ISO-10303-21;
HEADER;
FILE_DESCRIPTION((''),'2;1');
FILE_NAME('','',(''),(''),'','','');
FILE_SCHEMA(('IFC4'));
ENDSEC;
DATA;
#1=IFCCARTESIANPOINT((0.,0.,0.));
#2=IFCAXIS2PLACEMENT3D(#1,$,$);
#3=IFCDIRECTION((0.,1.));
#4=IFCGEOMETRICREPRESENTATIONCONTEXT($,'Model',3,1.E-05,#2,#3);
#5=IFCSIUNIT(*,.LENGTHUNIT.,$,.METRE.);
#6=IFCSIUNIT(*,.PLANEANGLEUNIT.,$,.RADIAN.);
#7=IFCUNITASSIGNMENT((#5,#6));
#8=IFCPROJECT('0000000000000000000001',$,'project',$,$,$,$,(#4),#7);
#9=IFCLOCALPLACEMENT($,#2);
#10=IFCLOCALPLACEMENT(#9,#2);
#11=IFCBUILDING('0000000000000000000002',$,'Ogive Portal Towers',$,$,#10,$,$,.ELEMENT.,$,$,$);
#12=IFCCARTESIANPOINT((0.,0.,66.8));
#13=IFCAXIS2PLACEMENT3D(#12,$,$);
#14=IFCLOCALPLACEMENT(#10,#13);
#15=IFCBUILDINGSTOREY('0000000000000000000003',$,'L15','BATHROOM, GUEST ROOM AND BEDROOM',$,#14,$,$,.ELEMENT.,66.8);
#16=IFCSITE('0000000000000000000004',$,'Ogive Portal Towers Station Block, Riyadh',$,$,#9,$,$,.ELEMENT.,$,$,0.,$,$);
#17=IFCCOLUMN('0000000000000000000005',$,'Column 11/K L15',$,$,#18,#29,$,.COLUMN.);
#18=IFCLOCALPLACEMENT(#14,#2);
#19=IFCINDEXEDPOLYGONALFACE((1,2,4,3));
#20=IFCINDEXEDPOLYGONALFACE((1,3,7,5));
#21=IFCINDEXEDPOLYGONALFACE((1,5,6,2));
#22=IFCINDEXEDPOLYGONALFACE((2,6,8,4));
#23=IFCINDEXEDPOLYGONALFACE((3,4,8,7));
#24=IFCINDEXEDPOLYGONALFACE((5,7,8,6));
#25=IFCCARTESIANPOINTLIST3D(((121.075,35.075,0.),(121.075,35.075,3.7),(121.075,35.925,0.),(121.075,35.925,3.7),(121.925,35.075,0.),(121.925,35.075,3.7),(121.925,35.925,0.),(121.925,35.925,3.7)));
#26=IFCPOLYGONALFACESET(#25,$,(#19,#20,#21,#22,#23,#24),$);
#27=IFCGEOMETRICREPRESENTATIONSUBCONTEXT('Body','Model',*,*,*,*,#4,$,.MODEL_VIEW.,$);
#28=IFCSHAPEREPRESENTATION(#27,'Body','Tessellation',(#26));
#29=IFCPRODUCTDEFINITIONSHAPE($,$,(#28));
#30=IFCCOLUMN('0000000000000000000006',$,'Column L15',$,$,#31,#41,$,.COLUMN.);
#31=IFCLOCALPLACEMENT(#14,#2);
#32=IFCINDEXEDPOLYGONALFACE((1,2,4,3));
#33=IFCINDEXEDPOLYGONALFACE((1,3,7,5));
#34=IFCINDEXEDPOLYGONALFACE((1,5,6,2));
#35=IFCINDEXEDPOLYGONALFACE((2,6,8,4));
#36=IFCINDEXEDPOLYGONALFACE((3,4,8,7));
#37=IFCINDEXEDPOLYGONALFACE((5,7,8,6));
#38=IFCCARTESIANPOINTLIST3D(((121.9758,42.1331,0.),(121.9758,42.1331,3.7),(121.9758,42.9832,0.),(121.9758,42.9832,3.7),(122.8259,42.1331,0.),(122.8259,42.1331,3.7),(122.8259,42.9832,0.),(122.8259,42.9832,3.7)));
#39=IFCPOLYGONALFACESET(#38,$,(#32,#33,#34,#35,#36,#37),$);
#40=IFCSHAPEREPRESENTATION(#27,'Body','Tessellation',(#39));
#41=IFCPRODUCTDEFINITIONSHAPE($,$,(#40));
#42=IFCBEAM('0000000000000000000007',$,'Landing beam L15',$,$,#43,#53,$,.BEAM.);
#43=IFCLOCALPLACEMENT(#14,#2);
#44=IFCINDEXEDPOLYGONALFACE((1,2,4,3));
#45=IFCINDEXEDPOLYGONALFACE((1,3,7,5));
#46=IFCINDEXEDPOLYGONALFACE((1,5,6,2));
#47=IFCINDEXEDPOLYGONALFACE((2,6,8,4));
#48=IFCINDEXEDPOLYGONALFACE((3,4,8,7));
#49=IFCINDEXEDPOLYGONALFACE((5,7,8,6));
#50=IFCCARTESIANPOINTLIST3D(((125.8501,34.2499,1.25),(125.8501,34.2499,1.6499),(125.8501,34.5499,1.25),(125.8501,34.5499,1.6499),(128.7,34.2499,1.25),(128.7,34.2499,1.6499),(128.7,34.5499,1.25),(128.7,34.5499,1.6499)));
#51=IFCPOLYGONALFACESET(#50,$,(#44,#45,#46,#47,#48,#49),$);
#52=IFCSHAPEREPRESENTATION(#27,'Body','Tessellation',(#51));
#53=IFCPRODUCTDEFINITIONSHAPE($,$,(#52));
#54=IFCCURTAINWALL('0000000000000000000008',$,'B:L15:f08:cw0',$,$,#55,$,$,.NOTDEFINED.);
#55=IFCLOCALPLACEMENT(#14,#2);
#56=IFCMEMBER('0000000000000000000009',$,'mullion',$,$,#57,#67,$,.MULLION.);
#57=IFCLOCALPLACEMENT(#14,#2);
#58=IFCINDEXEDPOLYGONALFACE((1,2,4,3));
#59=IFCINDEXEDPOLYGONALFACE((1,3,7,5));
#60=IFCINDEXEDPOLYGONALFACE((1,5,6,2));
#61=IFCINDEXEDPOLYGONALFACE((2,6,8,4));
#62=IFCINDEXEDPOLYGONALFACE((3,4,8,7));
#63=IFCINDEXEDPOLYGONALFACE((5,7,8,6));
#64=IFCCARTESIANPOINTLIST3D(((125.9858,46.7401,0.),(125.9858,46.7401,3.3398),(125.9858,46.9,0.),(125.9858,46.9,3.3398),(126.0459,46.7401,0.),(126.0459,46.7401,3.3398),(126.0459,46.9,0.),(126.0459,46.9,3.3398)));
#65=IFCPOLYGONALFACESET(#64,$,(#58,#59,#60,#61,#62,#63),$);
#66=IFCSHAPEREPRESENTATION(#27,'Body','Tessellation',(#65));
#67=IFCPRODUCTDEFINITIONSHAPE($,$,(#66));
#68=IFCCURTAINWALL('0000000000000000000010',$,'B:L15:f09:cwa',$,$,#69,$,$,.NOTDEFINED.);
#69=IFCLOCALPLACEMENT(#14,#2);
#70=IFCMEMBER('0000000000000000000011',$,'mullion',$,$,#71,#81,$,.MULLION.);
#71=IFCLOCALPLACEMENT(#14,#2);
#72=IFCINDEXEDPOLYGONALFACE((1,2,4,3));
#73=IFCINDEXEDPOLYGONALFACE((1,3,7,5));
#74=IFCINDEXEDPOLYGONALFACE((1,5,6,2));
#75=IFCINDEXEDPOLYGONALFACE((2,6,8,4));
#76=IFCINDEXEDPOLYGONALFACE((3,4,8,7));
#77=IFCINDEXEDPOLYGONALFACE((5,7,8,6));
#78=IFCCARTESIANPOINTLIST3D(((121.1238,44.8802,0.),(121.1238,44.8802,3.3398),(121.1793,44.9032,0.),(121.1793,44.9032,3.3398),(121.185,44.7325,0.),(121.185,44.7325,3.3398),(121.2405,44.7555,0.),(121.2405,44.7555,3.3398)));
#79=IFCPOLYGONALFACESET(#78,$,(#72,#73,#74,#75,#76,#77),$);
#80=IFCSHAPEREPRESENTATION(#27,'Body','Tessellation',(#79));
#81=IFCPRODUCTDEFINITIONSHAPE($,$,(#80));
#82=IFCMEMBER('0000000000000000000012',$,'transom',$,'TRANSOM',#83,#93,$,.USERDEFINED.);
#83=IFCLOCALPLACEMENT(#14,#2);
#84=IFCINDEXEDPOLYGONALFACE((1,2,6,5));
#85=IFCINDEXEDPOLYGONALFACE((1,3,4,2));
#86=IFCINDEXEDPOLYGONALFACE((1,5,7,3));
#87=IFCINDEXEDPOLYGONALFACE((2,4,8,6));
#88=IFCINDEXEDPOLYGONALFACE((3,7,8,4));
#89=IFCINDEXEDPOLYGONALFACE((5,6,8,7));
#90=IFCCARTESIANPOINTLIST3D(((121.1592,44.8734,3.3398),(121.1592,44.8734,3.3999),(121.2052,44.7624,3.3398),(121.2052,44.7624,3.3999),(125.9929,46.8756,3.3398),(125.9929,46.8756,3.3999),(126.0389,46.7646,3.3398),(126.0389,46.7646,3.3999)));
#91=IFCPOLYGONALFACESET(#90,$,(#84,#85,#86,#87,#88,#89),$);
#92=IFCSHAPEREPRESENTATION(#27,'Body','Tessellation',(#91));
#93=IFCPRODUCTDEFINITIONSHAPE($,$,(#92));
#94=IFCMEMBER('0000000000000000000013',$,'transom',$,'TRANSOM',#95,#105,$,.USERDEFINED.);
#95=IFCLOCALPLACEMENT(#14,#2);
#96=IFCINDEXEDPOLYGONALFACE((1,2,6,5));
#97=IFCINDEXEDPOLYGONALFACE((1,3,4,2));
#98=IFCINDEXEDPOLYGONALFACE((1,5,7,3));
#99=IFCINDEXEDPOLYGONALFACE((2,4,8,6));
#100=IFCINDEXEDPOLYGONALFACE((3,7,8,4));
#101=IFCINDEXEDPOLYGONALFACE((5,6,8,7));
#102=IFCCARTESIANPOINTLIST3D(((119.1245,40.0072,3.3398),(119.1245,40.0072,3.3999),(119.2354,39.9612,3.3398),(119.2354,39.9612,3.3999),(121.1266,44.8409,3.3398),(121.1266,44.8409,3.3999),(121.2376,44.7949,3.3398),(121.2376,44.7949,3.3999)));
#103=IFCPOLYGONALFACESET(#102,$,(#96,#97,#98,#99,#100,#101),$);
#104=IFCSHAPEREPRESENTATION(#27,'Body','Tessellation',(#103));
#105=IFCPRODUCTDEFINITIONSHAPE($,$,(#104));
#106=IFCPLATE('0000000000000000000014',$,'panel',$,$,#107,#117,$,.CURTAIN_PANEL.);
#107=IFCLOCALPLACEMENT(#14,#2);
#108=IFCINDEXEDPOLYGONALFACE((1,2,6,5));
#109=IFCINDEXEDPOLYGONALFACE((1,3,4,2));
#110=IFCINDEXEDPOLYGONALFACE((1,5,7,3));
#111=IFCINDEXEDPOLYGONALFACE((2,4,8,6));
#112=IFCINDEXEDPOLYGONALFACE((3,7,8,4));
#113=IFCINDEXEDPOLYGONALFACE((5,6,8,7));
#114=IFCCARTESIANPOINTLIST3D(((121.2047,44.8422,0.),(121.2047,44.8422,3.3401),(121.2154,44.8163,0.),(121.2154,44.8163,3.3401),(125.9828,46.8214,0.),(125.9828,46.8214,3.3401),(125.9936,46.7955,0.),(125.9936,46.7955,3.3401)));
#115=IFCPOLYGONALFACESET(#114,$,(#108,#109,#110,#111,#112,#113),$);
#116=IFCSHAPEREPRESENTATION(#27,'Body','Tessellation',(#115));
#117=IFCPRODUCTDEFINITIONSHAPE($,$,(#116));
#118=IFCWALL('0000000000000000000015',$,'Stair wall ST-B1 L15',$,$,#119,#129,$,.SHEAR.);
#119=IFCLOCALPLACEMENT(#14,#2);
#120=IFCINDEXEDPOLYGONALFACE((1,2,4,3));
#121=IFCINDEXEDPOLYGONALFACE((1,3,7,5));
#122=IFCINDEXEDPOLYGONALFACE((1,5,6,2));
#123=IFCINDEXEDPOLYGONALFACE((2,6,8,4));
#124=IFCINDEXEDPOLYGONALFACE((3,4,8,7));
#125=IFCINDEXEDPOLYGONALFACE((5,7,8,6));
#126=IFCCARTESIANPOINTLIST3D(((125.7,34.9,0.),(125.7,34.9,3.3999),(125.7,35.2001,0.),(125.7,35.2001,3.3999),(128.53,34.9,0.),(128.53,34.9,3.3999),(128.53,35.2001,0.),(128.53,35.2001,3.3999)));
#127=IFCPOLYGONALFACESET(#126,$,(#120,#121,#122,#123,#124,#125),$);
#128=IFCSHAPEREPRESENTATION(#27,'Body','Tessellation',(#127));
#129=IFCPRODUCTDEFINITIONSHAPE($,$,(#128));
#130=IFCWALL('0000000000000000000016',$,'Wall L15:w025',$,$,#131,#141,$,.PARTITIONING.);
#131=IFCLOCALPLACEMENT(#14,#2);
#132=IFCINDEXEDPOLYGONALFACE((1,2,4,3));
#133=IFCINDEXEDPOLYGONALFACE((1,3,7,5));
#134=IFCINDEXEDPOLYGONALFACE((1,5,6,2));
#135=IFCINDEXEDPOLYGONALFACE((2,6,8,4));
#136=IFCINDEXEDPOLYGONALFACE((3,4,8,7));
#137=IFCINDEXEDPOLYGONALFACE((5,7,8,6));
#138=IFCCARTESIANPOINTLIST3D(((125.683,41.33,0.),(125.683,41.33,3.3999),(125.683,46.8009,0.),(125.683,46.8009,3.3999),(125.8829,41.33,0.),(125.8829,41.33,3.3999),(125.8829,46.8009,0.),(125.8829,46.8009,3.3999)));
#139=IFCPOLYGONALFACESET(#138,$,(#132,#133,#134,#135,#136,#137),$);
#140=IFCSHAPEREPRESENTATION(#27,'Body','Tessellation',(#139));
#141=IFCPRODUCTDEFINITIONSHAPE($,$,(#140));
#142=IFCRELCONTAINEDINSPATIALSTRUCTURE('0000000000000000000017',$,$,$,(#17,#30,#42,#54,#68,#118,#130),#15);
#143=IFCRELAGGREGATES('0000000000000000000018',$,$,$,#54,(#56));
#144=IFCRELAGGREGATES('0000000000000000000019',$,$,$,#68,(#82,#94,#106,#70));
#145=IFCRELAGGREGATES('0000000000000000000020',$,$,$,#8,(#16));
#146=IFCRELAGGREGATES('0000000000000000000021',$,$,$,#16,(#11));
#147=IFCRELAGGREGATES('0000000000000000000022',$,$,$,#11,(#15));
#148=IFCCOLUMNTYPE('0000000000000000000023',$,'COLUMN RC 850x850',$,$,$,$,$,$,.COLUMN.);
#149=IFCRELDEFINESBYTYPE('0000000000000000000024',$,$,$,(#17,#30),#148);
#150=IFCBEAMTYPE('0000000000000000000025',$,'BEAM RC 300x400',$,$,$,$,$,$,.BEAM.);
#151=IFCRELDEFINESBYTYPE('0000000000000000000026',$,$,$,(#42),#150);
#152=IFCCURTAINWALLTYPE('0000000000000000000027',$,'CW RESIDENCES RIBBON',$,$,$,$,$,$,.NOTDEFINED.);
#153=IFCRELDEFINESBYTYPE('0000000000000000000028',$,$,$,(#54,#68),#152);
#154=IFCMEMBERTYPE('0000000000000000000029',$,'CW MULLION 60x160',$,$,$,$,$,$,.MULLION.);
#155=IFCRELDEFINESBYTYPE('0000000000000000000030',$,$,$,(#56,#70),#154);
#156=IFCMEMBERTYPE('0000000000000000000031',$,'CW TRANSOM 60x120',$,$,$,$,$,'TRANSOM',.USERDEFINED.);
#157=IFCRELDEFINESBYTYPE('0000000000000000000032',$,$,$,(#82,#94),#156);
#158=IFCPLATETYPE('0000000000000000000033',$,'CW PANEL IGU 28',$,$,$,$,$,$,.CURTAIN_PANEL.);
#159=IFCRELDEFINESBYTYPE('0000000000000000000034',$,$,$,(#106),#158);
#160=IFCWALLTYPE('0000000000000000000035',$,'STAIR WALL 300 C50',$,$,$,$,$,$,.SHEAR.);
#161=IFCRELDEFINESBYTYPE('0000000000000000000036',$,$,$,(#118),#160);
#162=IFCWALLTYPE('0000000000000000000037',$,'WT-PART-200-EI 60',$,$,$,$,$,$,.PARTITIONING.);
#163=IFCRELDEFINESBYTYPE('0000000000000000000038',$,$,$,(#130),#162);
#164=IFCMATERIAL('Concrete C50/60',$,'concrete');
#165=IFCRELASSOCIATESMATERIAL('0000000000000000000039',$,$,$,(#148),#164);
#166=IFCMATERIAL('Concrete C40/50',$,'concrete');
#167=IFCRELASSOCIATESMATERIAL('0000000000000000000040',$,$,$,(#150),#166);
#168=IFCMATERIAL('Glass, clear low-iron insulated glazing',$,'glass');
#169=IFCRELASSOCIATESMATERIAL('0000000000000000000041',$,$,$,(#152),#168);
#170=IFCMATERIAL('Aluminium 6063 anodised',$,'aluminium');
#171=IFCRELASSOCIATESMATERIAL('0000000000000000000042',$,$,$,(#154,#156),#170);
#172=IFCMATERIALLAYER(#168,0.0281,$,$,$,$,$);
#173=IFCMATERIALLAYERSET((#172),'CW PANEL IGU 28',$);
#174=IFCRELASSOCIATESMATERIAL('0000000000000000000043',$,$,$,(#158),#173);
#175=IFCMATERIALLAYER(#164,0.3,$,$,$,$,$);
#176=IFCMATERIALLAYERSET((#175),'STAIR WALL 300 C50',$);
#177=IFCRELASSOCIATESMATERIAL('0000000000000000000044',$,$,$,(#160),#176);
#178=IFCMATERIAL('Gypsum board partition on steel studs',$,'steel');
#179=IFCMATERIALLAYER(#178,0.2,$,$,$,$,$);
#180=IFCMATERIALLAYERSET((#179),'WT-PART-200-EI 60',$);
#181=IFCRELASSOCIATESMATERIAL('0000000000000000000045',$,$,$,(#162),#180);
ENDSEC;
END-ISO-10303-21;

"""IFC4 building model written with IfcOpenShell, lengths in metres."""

from ifc_helpers import new_model, si_unit, direction, frame, frame_2d, origin, origin_2d, place, context, subcontext, project, spatial, rectangle, extrude, material, layer, layer_set, material_profile, profile_set, type_object, element, aggregate, save


model = new_model("IFC4")

# Units and contexts
model_context = context("Model", 3, precision=1e-05, world=origin(), true_north=direction((0.0, 1.0)))
body_context = subcontext(model_context, "Body", "Model", "MODEL_VIEW")
ifc_project = project(units=[si_unit("LENGTHUNIT", "METRE"), si_unit("PLANEANGLEUNIT", "RADIAN")], contexts=[model_context])

# Site, building, storey
site_placement = place(None, origin())
site = spatial("IfcSite", under=ifc_project, at=site_placement, Name="Ogive Portal Towers Station Block, Riyadh", CompositionType="ELEMENT", RefElevation=0.0)
building_placement = place(site_placement, origin())
building = spatial("IfcBuilding", under=site, at=building_placement, Name="Ogive Portal Towers", CompositionType="ELEMENT")
storey_placement = place(building_placement, frame((0.0, 0.0, 66.8)))
storey = spatial("IfcBuildingStorey", under=building, at=storey_placement, Name="L15", Description="BATHROOM, GUEST ROOM AND BEDROOM", CompositionType="ELEMENT", Elevation=66.8)

# Columns
ifc_material_1 = material(Name="Concrete C50/60", Category="concrete")
ifc_material_profile_1 = material_profile(ifc_material_1, rectangle(XDim=0.8501, YDim=0.8501, at=origin_2d()), Name="RC 850x850")
ifc_profile_set_1 = profile_set([ifc_material_profile_1], Name="Concrete C50/60")
column_type = type_object("IfcColumnType", Name="COLUMN RC 850x850", PredefinedType="COLUMN", material=ifc_profile_set_1)
for number, where, z_axis, x_axis, name in (
    (1, (121.5, 35.5, 0.0), (0.0, 0.0, 1.0), (1.0, 0.0, 0.0), "Column 11/K L15"),
    (2, (122.4009, 42.5581, 0.0), (0.0, 0.0, 1.0), (1.0, 0.0, 0.0), "Column L15"),
):
    element("IfcColumn", number, at=place(storey_placement, frame(where, z_axis=z_axis, x_axis=x_axis)), inside=storey, type_object=column_type, Name=name, PredefinedType="COLUMN", context=body_context, shape_type="SweptSolid", body=[
        extrude(rectangle(XDim=0.8501, YDim=0.8501, at=origin_2d()), origin(), (0.0, 0.0, 1.0), 3.7),
    ])

# Beam
ifc_material_2 = material(Name="Concrete C40/50", Category="concrete")
ifc_material_profile_2 = material_profile(ifc_material_2, rectangle(XDim=0.3, YDim=0.3999, at=origin_2d()), Name="RC 300x400")
ifc_profile_set_2 = profile_set([ifc_material_profile_2], Name="Concrete C40/50")
beam_type = type_object("IfcBeamType", Name="BEAM RC 300x400", PredefinedType="BEAM", material=ifc_profile_set_2)
beam_placement = place(storey_placement, frame((125.8501, 34.3999, 1.45), z_axis=(1.0, 0.0, 0.0), x_axis=(0.0, 1.0, 0.0)))
element("IfcBeam", 3, at=beam_placement, inside=storey, type_object=beam_type, Name="Landing beam L15", PredefinedType="BEAM", context=body_context, shape_type="SweptSolid", body=[
    extrude(rectangle(XDim=0.3, YDim=0.3999, at=origin_2d()), origin(), (0.0, 0.0, 1.0), 2.8499),
])

# Curtain wall, member
ifc_material_3 = material(Name="Glass, clear low-iron insulated glazing", Category="glass")
curtain_wall_type = type_object("IfcCurtainWallType", Name="CW RESIDENCES RIBBON", PredefinedType="NOTDEFINED", material=ifc_material_3)
curtain_wall_1_placement = place(storey_placement, origin())
curtain_wall_1 = element("IfcCurtainWall", 4, at=curtain_wall_1_placement, inside=storey, type_object=curtain_wall_type, Name="B:L15:f08:cw0", PredefinedType="NOTDEFINED")
ifc_material_4 = material(Name="Aluminium 6063 anodised", Category="aluminium")
ifc_material_profile_3 = material_profile(ifc_material_4, rectangle(XDim=0.1599, YDim=0.0601, at=origin_2d()), Name="AL 60x160")
ifc_profile_set_3 = profile_set([ifc_material_profile_3], Name="Aluminium 6063 anodised")
member_type_1 = type_object("IfcMemberType", Name="CW MULLION 60x160", PredefinedType="MULLION", material=ifc_profile_set_3)
member_1_placement = place(storey_placement, frame((126.0159, 46.8201, 0.0), z_axis=(0.0, 0.0, 1.0), x_axis=(0.0, -1.0, 0.0)))
member_1 = element("IfcMember", 5, at=member_1_placement, type_object=member_type_1, Name="mullion", PredefinedType="MULLION", context=body_context, shape_type="SweptSolid", body=[
    extrude(rectangle(XDim=0.1599, YDim=0.0601, at=origin_2d()), origin(), (0.0, 0.0, 1.0), 3.3398),
])
aggregate(curtain_wall_1, [member_1])

# Curtain wall, members, plate
curtain_wall_2_placement = place(storey_placement, origin())
curtain_wall_2 = element("IfcCurtainWall", 6, at=curtain_wall_2_placement, inside=storey, type_object=curtain_wall_type, Name="B:L15:f09:cwa", PredefinedType="NOTDEFINED")
member_2_placement = place(storey_placement, frame((121.1821, 44.8179, 0.0), z_axis=(0.0, 0.0, 1.0), x_axis=(0.382683, -0.92388, 0.0)))
member_2 = element("IfcMember", 7, at=member_2_placement, type_object=member_type_1, Name="mullion", PredefinedType="MULLION", context=body_context, shape_type="SweptSolid", body=[
    extrude(rectangle(XDim=0.1599, YDim=0.0601, at=origin_2d()), origin(), (0.0, 0.0, 1.0), 3.3398),
])
ifc_material_profile_4 = material_profile(ifc_material_4, rectangle(XDim=0.1201, YDim=0.0601, at=origin_2d()), Name="AL 120x60")
ifc_profile_set_4 = profile_set([ifc_material_profile_4], Name="Aluminium 6063 anodised")
member_type_2 = type_object("IfcMemberType", Name="CW TRANSOM 60x120", ElementType="TRANSOM", PredefinedType="USERDEFINED", material=ifc_profile_set_4)
member_3_placement = place(storey_placement, frame((126.0159, 46.8201, 3.3699), z_axis=(-0.92388, -0.382683, 0.0), x_axis=(0.382683, -0.92388, 0.0)))
member_3 = element("IfcMember", 8, at=member_3_placement, type_object=member_type_2, Name="transom", ObjectType="TRANSOM", PredefinedType="USERDEFINED", context=body_context, shape_type="SweptSolid", body=[
    extrude(rectangle(XDim=0.1201, YDim=0.0601, at=origin_2d()), origin(), (0.0, 0.0, 1.0), 5.2319),
])
member_4_placement = place(storey_placement, frame((121.1821, 44.8179, 3.3699), z_axis=(-0.382683, -0.92388, 0.0), x_axis=(0.92388, -0.382683, 0.0)))
member_4 = element("IfcMember", 9, at=member_4_placement, type_object=member_type_2, Name="transom", ObjectType="TRANSOM", PredefinedType="USERDEFINED", context=body_context, shape_type="SweptSolid", body=[
    extrude(rectangle(XDim=0.1201, YDim=0.0601, at=origin_2d()), origin(), (0.0, 0.0, 1.0), 5.2319),
])
ifc_layer_1 = layer(ifc_material_3, 0.0281)
ifc_layer_set_1 = layer_set([ifc_layer_1], Name="CW PANEL IGU 28")
plate_type = type_object("IfcPlateType", Name="CW PANEL IGU 28", PredefinedType="CURTAIN_PANEL", material=ifc_layer_set_1)
plate_placement = place(storey_placement, frame((123.5991, 45.8188, 0.0), z_axis=(0.0, 0.0, 1.0), x_axis=(-0.92388, -0.382683, 0.0)))
plate = element("IfcPlate", 10, at=plate_placement, type_object=plate_type, Name="panel", PredefinedType="CURTAIN_PANEL", context=body_context, shape_type="SweptSolid", body=[
    extrude(rectangle(XDim=5.1719, YDim=0.0281, at=origin_2d()), origin(), (0.0, 0.0, 1.0), 3.3401),
])
aggregate(curtain_wall_2, [member_3, member_4, plate, member_2])

# Walls
ifc_layer_2 = layer(ifc_material_1, 0.3)
ifc_layer_set_2 = layer_set([ifc_layer_2], Name="STAIR WALL 300 C50")
wall_type_1 = type_object("IfcWallType", Name="STAIR WALL 300 C50", PredefinedType="SHEAR", material=ifc_layer_set_2)
wall_1_placement = place(storey_placement, frame((125.7, 35.05, 0.0), z_axis=(0.0, 0.0, 1.0), x_axis=(1.0, 0.0, 0.0)))
element("IfcWall", 11, at=wall_1_placement, inside=storey, type_object=wall_type_1, Name="Stair wall ST-B1 L15", PredefinedType="SHEAR", context=body_context, shape_type="SweptSolid", body=[
    extrude(rectangle(XDim=2.8301, YDim=0.3, at=frame_2d((1.415, 0.0))), origin(), (0.0, 0.0, 1.0), 3.3999),
])
ifc_material_5 = material(Name="Gypsum board partition on steel studs", Category="steel")
ifc_layer_3 = layer(ifc_material_5, 0.2)
ifc_layer_set_3 = layer_set([ifc_layer_3], Name="WT-PART-200-EI 60")
wall_type_2 = type_object("IfcWallType", Name="WT-PART-200-EI 60", PredefinedType="PARTITIONING", material=ifc_layer_set_3)
wall_2_placement = place(storey_placement, frame((125.783, 41.3301, 0.0), z_axis=(0.0, 0.0, 1.0), x_axis=(0.0, 1.0, 0.0)))
element("IfcWall", 12, at=wall_2_placement, inside=storey, type_object=wall_type_2, Name="Wall L15:w025", PredefinedType="PARTITIONING", context=body_context, shape_type="SweptSolid", body=[
    extrude(rectangle(XDim=5.4709, YDim=0.2, at=frame_2d((2.7354, 0.0))), origin(), (0.0, 0.0, 1.0), 3.3999),
])

save(model, "model.ifc")
